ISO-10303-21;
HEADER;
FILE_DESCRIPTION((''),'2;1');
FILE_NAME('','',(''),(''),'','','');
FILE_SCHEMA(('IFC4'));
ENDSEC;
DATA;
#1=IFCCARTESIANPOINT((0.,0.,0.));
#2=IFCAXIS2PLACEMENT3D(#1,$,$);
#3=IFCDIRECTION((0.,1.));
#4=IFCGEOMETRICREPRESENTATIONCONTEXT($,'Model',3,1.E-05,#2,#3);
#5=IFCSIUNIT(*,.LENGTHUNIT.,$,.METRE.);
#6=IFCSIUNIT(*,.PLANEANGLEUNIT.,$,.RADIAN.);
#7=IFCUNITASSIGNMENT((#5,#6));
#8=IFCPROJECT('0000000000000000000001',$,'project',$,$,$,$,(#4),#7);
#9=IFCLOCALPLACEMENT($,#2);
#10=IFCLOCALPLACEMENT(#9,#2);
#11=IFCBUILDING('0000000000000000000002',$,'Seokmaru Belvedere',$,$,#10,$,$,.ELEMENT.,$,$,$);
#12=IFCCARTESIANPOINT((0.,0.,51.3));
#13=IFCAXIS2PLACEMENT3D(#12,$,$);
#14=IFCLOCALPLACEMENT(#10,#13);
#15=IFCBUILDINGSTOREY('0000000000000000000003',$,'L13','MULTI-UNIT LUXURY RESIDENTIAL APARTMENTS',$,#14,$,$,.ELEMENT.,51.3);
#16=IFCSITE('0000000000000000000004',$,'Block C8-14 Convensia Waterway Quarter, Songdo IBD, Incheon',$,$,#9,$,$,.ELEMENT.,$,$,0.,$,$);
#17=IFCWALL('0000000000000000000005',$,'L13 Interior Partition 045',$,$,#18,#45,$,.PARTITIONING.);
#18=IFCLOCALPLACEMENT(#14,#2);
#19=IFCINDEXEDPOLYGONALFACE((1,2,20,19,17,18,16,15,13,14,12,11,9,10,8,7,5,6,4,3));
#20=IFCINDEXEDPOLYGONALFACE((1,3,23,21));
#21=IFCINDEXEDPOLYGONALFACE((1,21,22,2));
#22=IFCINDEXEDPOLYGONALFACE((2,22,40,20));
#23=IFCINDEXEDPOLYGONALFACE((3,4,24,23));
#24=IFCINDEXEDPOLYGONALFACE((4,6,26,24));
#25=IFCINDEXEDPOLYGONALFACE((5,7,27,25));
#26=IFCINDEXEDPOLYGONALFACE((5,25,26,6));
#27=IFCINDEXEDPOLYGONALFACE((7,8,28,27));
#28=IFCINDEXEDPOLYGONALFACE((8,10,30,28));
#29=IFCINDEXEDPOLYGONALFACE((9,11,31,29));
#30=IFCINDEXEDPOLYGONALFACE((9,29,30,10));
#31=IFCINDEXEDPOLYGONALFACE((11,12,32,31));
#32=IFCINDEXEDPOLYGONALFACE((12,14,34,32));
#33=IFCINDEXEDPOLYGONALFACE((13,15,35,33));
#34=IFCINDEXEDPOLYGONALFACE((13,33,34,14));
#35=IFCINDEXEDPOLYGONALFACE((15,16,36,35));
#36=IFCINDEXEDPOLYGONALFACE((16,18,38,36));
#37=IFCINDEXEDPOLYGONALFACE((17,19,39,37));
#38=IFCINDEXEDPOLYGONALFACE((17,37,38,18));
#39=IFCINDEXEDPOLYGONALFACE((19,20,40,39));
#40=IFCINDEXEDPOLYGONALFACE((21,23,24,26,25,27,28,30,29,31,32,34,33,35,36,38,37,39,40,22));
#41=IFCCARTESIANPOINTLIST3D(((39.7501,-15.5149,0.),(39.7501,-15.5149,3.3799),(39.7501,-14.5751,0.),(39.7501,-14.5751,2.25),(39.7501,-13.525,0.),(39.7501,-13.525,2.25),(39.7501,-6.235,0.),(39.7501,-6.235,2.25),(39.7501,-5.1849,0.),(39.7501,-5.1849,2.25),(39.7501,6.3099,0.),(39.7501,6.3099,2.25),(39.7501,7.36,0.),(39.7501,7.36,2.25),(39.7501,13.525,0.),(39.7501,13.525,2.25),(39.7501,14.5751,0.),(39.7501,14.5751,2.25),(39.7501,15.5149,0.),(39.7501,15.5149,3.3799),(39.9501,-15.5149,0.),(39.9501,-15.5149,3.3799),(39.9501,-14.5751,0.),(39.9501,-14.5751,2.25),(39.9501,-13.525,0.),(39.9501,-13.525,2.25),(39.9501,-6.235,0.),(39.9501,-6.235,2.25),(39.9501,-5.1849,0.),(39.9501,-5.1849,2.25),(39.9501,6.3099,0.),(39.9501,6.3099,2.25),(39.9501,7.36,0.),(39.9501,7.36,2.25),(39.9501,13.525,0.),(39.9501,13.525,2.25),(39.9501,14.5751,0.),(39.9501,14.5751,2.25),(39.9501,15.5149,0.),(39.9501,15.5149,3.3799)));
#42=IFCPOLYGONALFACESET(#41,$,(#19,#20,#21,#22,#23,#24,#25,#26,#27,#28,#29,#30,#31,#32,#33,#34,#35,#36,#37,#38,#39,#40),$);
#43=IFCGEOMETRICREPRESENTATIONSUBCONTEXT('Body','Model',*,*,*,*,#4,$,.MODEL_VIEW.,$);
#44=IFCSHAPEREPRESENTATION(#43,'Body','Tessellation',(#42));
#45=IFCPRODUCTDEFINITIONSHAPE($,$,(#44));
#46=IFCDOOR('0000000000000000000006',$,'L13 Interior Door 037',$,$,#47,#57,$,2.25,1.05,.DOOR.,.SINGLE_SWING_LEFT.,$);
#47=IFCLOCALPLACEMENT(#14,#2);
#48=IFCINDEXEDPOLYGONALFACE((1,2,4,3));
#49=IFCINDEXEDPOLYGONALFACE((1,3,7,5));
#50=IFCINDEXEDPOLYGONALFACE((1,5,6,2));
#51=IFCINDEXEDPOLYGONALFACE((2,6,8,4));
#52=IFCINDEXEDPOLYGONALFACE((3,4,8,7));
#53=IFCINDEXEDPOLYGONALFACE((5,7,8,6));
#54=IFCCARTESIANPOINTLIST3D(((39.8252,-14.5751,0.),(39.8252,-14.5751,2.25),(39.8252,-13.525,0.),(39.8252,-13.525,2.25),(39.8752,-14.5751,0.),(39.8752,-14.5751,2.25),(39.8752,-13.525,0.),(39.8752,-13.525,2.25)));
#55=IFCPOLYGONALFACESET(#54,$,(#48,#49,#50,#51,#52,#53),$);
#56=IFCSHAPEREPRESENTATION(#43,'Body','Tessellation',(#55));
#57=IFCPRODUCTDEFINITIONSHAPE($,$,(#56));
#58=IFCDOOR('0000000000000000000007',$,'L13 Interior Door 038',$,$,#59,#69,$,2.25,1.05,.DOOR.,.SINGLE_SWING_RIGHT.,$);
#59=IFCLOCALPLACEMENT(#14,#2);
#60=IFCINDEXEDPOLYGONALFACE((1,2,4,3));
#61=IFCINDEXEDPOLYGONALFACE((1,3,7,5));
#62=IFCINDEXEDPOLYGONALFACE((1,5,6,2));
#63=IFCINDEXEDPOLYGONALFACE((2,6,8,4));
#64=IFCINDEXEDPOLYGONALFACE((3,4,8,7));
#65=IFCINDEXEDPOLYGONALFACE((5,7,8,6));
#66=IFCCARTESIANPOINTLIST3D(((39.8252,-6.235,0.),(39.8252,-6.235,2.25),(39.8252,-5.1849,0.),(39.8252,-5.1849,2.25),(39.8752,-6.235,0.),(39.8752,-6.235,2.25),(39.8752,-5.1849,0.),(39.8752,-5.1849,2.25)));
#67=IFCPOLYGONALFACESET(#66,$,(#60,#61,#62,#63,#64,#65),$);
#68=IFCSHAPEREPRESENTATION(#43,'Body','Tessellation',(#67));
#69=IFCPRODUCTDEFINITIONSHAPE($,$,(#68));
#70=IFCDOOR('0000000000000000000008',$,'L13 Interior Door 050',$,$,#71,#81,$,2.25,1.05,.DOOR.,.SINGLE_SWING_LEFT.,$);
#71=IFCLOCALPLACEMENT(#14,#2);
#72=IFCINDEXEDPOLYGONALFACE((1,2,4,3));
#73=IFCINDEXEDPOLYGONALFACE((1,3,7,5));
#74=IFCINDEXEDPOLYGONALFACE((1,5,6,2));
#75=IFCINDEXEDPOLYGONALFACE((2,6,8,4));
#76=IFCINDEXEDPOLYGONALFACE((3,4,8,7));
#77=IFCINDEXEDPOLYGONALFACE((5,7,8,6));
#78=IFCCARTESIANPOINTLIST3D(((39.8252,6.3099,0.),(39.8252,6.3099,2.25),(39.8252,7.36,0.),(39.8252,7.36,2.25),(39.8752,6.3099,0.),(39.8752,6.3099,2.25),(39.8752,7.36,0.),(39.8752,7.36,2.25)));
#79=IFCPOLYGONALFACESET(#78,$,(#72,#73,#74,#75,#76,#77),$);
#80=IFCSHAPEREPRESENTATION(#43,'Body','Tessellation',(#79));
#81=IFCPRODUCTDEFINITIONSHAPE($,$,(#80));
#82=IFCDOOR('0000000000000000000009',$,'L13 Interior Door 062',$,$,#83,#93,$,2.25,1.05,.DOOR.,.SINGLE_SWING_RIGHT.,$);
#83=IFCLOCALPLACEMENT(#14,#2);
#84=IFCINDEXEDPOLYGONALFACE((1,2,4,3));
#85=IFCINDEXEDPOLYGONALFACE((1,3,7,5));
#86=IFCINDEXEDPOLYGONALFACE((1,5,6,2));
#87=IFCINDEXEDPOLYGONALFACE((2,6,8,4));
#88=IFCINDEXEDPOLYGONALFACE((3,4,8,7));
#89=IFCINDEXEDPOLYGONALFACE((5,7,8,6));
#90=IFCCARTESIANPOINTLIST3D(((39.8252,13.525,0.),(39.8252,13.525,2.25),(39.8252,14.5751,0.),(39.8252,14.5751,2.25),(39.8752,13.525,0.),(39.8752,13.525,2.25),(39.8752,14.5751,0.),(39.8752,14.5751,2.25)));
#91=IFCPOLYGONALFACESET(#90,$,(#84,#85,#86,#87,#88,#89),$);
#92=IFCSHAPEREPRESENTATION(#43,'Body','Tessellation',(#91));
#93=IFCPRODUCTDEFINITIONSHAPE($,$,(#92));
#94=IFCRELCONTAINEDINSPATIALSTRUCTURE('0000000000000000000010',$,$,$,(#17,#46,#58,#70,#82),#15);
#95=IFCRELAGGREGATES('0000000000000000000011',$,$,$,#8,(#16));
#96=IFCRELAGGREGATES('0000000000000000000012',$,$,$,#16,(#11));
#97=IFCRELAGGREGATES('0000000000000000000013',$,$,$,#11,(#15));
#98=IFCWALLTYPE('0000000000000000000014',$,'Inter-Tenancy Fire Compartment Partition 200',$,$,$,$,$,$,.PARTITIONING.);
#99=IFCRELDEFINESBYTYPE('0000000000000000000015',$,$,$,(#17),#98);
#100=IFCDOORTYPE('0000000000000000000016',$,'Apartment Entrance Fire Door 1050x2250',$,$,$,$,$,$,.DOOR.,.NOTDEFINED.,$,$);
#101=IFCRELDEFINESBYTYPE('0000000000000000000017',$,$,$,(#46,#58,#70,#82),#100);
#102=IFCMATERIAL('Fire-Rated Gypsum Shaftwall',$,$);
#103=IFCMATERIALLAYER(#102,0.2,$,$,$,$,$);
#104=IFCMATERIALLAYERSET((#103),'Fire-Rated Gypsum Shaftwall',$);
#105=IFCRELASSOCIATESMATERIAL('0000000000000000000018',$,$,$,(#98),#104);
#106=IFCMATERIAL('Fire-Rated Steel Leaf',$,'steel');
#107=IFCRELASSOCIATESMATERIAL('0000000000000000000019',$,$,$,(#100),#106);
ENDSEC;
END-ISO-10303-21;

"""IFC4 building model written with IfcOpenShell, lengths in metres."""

from ifc_helpers import new_model, si_unit, direction, frame, frame_2d, origin, place, context, subcontext, project, spatial, rectangle, extrude, source, transform, mapped, material, layer, layer_set, type_object, type_shapes, element, fill, save


model = new_model("IFC4")

# Units and contexts
model_context = context("Model", 3, precision=1e-05, world=origin(), true_north=direction((0.0, 1.0)))
body_context = subcontext(model_context, "Body", "Model", "MODEL_VIEW")
ifc_project = project(units=[si_unit("LENGTHUNIT", "METRE"), si_unit("PLANEANGLEUNIT", "RADIAN")], contexts=[model_context])

# Site, building, storey
site_placement = place(None, origin())
site = spatial("IfcSite", under=ifc_project, at=site_placement, Name="Block C8-14 Convensia Waterway Quarter, Songdo IBD, Incheon", CompositionType="ELEMENT", RefElevation=0.0)
building_placement = place(site_placement, origin())
building = spatial("IfcBuilding", under=site, at=building_placement, Name="Seokmaru Belvedere", CompositionType="ELEMENT")
storey_placement = place(building_placement, frame((0.0, 0.0, 51.3)))
storey = spatial("IfcBuildingStorey", under=building, at=storey_placement, Name="L13", Description="MULTI-UNIT LUXURY RESIDENTIAL APARTMENTS", CompositionType="ELEMENT", Elevation=51.3)

# Shared definitions
ifc_material_1 = material(Name="Fire-Rated Gypsum Shaftwall")
ifc_layer_1 = layer(ifc_material_1, 0.2)
ifc_layer_set_1 = layer_set([ifc_layer_1], Name="Fire-Rated Gypsum Shaftwall")
wall_type = type_object("IfcWallType", Name="Inter-Tenancy Fire Compartment Partition 200", PredefinedType="PARTITIONING", material=ifc_layer_set_1)

# Wall, openings, doors
wall_1_placement = place(storey_placement, frame((39.8501, -15.5149, 0.0), z_axis=(0.0, 0.0, 1.0), x_axis=(0.0, 1.0, 0.0)))
wall_1 = element("IfcWall", 1, at=wall_1_placement, inside=storey, type_object=wall_type, Name="L13 Interior Partition 045", PredefinedType="PARTITIONING", context=body_context, shape_type="SweptSolid", body=[
    extrude(rectangle(XDim=31.0298, YDim=0.2, at=frame_2d((15.5149, 0.0))), origin(), (0.0, 0.0, 1.0), 3.3799),
])
opening_1_placement = place(wall_1_placement, frame((0.9399, 0.0, 0.0)))
opening_1 = element("IfcOpeningElement", 2, at=opening_1_placement, cuts=wall_1, PredefinedType="OPENING", context=body_context, shape_type="SweptSolid", body=[
    extrude(rectangle(XDim=1.05, YDim=2.25, at=frame_2d((0.5249, 1.125))), frame((0.0, 0.1099, 0.0), z_axis=(0.0, -1.0, 0.0), x_axis=(1.0, 0.0, 0.0)), (0.0, 0.0, 1.0), 0.22),
])
opening_2_placement = place(wall_1_placement, frame((9.28, 0.0, 0.0)))
opening_2 = element("IfcOpeningElement", 3, at=opening_2_placement, cuts=wall_1, PredefinedType="OPENING", context=body_context, shape_type="SweptSolid", body=[
    extrude(rectangle(XDim=1.05, YDim=2.25, at=frame_2d((0.5249, 1.125))), frame((0.0, 0.1099, 0.0), z_axis=(0.0, -1.0, 0.0), x_axis=(1.0, 0.0, 0.0)), (0.0, 0.0, 1.0), 0.22),
])
opening_3_placement = place(wall_1_placement, frame((21.825, 0.0, 0.0)))
opening_3 = element("IfcOpeningElement", 4, at=opening_3_placement, cuts=wall_1, PredefinedType="OPENING", context=body_context, shape_type="SweptSolid", body=[
    extrude(rectangle(XDim=1.05, YDim=2.25, at=frame_2d((0.5249, 1.125))), frame((0.0, 0.1099, 0.0), z_axis=(0.0, -1.0, 0.0), x_axis=(1.0, 0.0, 0.0)), (0.0, 0.0, 1.0), 0.22),
])
opening_4_placement = place(wall_1_placement, frame((29.04, 0.0, 0.0)))
opening_4 = element("IfcOpeningElement", 5, at=opening_4_placement, cuts=wall_1, PredefinedType="OPENING", context=body_context, shape_type="SweptSolid", body=[
    extrude(rectangle(XDim=1.05, YDim=2.25, at=frame_2d((0.5249, 1.125))), frame((0.0, 0.1099, 0.0), z_axis=(0.0, -1.0, 0.0), x_axis=(1.0, 0.0, 0.0)), (0.0, 0.0, 1.0), 0.22),
])
ifc_material_2 = material(Name="Fire-Rated Steel Leaf", Category="steel")
door_type = type_object("IfcDoorType", Name="Apartment Entrance Fire Door 1050x2250", OperationType="NOTDEFINED", PredefinedType="DOOR", material=ifc_material_2)
shared_shape_1 = source(origin(), body_context, "Body", "SweptSolid", [
    extrude(rectangle(XDim=1.05, YDim=2.25, at=frame_2d((0.5249, 1.125))), frame((0.0, 0.0249, 0.0), z_axis=(0.0, -1.0, 0.0), x_axis=(1.0, 0.0, 0.0)), (0.0, 0.0, 1.0), 0.05),
])
type_shapes(door_type, [shared_shape_1])
door_1_placement = place(opening_1_placement, origin())
door_1 = element("IfcDoor", 6, at=door_1_placement, inside=storey, type_object=door_type, Name="L13 Interior Door 037", OperationType="SINGLE_SWING_LEFT", OverallHeight=2.25, OverallWidth=1.05, PredefinedType="DOOR", context=body_context, shape_type="MappedRepresentation", body=[
    mapped(shared_shape_1, transform((0.0, 0.0, 0.0), scale=1.0)),
])
fill(opening_1, door_1)
door_2_placement = place(opening_2_placement, origin())
door_2 = element("IfcDoor", 7, at=door_2_placement, inside=storey, type_object=door_type, Name="L13 Interior Door 038", OperationType="SINGLE_SWING_RIGHT", OverallHeight=2.25, OverallWidth=1.05, PredefinedType="DOOR", context=body_context, shape_type="MappedRepresentation", body=[
    mapped(shared_shape_1, transform((0.0, 0.0, 0.0), scale=1.0)),
])
fill(opening_2, door_2)
door_3_placement = place(opening_3_placement, origin())
door_3 = element("IfcDoor", 8, at=door_3_placement, inside=storey, type_object=door_type, Name="L13 Interior Door 050", OperationType="SINGLE_SWING_LEFT", OverallHeight=2.25, OverallWidth=1.05, PredefinedType="DOOR", context=body_context, shape_type="MappedRepresentation", body=[
    mapped(shared_shape_1, transform((0.0, 0.0, 0.0), scale=1.0)),
])
fill(opening_3, door_3)
door_4_placement = place(opening_4_placement, origin())
door_4 = element("IfcDoor", 9, at=door_4_placement, inside=storey, type_object=door_type, Name="L13 Interior Door 062", OperationType="SINGLE_SWING_RIGHT", OverallHeight=2.25, OverallWidth=1.05, PredefinedType="DOOR", context=body_context, shape_type="MappedRepresentation", body=[
    mapped(shared_shape_1, transform((0.0, 0.0, 0.0), scale=1.0)),
])
fill(opening_4, door_4)

save(model, "model.ifc")
